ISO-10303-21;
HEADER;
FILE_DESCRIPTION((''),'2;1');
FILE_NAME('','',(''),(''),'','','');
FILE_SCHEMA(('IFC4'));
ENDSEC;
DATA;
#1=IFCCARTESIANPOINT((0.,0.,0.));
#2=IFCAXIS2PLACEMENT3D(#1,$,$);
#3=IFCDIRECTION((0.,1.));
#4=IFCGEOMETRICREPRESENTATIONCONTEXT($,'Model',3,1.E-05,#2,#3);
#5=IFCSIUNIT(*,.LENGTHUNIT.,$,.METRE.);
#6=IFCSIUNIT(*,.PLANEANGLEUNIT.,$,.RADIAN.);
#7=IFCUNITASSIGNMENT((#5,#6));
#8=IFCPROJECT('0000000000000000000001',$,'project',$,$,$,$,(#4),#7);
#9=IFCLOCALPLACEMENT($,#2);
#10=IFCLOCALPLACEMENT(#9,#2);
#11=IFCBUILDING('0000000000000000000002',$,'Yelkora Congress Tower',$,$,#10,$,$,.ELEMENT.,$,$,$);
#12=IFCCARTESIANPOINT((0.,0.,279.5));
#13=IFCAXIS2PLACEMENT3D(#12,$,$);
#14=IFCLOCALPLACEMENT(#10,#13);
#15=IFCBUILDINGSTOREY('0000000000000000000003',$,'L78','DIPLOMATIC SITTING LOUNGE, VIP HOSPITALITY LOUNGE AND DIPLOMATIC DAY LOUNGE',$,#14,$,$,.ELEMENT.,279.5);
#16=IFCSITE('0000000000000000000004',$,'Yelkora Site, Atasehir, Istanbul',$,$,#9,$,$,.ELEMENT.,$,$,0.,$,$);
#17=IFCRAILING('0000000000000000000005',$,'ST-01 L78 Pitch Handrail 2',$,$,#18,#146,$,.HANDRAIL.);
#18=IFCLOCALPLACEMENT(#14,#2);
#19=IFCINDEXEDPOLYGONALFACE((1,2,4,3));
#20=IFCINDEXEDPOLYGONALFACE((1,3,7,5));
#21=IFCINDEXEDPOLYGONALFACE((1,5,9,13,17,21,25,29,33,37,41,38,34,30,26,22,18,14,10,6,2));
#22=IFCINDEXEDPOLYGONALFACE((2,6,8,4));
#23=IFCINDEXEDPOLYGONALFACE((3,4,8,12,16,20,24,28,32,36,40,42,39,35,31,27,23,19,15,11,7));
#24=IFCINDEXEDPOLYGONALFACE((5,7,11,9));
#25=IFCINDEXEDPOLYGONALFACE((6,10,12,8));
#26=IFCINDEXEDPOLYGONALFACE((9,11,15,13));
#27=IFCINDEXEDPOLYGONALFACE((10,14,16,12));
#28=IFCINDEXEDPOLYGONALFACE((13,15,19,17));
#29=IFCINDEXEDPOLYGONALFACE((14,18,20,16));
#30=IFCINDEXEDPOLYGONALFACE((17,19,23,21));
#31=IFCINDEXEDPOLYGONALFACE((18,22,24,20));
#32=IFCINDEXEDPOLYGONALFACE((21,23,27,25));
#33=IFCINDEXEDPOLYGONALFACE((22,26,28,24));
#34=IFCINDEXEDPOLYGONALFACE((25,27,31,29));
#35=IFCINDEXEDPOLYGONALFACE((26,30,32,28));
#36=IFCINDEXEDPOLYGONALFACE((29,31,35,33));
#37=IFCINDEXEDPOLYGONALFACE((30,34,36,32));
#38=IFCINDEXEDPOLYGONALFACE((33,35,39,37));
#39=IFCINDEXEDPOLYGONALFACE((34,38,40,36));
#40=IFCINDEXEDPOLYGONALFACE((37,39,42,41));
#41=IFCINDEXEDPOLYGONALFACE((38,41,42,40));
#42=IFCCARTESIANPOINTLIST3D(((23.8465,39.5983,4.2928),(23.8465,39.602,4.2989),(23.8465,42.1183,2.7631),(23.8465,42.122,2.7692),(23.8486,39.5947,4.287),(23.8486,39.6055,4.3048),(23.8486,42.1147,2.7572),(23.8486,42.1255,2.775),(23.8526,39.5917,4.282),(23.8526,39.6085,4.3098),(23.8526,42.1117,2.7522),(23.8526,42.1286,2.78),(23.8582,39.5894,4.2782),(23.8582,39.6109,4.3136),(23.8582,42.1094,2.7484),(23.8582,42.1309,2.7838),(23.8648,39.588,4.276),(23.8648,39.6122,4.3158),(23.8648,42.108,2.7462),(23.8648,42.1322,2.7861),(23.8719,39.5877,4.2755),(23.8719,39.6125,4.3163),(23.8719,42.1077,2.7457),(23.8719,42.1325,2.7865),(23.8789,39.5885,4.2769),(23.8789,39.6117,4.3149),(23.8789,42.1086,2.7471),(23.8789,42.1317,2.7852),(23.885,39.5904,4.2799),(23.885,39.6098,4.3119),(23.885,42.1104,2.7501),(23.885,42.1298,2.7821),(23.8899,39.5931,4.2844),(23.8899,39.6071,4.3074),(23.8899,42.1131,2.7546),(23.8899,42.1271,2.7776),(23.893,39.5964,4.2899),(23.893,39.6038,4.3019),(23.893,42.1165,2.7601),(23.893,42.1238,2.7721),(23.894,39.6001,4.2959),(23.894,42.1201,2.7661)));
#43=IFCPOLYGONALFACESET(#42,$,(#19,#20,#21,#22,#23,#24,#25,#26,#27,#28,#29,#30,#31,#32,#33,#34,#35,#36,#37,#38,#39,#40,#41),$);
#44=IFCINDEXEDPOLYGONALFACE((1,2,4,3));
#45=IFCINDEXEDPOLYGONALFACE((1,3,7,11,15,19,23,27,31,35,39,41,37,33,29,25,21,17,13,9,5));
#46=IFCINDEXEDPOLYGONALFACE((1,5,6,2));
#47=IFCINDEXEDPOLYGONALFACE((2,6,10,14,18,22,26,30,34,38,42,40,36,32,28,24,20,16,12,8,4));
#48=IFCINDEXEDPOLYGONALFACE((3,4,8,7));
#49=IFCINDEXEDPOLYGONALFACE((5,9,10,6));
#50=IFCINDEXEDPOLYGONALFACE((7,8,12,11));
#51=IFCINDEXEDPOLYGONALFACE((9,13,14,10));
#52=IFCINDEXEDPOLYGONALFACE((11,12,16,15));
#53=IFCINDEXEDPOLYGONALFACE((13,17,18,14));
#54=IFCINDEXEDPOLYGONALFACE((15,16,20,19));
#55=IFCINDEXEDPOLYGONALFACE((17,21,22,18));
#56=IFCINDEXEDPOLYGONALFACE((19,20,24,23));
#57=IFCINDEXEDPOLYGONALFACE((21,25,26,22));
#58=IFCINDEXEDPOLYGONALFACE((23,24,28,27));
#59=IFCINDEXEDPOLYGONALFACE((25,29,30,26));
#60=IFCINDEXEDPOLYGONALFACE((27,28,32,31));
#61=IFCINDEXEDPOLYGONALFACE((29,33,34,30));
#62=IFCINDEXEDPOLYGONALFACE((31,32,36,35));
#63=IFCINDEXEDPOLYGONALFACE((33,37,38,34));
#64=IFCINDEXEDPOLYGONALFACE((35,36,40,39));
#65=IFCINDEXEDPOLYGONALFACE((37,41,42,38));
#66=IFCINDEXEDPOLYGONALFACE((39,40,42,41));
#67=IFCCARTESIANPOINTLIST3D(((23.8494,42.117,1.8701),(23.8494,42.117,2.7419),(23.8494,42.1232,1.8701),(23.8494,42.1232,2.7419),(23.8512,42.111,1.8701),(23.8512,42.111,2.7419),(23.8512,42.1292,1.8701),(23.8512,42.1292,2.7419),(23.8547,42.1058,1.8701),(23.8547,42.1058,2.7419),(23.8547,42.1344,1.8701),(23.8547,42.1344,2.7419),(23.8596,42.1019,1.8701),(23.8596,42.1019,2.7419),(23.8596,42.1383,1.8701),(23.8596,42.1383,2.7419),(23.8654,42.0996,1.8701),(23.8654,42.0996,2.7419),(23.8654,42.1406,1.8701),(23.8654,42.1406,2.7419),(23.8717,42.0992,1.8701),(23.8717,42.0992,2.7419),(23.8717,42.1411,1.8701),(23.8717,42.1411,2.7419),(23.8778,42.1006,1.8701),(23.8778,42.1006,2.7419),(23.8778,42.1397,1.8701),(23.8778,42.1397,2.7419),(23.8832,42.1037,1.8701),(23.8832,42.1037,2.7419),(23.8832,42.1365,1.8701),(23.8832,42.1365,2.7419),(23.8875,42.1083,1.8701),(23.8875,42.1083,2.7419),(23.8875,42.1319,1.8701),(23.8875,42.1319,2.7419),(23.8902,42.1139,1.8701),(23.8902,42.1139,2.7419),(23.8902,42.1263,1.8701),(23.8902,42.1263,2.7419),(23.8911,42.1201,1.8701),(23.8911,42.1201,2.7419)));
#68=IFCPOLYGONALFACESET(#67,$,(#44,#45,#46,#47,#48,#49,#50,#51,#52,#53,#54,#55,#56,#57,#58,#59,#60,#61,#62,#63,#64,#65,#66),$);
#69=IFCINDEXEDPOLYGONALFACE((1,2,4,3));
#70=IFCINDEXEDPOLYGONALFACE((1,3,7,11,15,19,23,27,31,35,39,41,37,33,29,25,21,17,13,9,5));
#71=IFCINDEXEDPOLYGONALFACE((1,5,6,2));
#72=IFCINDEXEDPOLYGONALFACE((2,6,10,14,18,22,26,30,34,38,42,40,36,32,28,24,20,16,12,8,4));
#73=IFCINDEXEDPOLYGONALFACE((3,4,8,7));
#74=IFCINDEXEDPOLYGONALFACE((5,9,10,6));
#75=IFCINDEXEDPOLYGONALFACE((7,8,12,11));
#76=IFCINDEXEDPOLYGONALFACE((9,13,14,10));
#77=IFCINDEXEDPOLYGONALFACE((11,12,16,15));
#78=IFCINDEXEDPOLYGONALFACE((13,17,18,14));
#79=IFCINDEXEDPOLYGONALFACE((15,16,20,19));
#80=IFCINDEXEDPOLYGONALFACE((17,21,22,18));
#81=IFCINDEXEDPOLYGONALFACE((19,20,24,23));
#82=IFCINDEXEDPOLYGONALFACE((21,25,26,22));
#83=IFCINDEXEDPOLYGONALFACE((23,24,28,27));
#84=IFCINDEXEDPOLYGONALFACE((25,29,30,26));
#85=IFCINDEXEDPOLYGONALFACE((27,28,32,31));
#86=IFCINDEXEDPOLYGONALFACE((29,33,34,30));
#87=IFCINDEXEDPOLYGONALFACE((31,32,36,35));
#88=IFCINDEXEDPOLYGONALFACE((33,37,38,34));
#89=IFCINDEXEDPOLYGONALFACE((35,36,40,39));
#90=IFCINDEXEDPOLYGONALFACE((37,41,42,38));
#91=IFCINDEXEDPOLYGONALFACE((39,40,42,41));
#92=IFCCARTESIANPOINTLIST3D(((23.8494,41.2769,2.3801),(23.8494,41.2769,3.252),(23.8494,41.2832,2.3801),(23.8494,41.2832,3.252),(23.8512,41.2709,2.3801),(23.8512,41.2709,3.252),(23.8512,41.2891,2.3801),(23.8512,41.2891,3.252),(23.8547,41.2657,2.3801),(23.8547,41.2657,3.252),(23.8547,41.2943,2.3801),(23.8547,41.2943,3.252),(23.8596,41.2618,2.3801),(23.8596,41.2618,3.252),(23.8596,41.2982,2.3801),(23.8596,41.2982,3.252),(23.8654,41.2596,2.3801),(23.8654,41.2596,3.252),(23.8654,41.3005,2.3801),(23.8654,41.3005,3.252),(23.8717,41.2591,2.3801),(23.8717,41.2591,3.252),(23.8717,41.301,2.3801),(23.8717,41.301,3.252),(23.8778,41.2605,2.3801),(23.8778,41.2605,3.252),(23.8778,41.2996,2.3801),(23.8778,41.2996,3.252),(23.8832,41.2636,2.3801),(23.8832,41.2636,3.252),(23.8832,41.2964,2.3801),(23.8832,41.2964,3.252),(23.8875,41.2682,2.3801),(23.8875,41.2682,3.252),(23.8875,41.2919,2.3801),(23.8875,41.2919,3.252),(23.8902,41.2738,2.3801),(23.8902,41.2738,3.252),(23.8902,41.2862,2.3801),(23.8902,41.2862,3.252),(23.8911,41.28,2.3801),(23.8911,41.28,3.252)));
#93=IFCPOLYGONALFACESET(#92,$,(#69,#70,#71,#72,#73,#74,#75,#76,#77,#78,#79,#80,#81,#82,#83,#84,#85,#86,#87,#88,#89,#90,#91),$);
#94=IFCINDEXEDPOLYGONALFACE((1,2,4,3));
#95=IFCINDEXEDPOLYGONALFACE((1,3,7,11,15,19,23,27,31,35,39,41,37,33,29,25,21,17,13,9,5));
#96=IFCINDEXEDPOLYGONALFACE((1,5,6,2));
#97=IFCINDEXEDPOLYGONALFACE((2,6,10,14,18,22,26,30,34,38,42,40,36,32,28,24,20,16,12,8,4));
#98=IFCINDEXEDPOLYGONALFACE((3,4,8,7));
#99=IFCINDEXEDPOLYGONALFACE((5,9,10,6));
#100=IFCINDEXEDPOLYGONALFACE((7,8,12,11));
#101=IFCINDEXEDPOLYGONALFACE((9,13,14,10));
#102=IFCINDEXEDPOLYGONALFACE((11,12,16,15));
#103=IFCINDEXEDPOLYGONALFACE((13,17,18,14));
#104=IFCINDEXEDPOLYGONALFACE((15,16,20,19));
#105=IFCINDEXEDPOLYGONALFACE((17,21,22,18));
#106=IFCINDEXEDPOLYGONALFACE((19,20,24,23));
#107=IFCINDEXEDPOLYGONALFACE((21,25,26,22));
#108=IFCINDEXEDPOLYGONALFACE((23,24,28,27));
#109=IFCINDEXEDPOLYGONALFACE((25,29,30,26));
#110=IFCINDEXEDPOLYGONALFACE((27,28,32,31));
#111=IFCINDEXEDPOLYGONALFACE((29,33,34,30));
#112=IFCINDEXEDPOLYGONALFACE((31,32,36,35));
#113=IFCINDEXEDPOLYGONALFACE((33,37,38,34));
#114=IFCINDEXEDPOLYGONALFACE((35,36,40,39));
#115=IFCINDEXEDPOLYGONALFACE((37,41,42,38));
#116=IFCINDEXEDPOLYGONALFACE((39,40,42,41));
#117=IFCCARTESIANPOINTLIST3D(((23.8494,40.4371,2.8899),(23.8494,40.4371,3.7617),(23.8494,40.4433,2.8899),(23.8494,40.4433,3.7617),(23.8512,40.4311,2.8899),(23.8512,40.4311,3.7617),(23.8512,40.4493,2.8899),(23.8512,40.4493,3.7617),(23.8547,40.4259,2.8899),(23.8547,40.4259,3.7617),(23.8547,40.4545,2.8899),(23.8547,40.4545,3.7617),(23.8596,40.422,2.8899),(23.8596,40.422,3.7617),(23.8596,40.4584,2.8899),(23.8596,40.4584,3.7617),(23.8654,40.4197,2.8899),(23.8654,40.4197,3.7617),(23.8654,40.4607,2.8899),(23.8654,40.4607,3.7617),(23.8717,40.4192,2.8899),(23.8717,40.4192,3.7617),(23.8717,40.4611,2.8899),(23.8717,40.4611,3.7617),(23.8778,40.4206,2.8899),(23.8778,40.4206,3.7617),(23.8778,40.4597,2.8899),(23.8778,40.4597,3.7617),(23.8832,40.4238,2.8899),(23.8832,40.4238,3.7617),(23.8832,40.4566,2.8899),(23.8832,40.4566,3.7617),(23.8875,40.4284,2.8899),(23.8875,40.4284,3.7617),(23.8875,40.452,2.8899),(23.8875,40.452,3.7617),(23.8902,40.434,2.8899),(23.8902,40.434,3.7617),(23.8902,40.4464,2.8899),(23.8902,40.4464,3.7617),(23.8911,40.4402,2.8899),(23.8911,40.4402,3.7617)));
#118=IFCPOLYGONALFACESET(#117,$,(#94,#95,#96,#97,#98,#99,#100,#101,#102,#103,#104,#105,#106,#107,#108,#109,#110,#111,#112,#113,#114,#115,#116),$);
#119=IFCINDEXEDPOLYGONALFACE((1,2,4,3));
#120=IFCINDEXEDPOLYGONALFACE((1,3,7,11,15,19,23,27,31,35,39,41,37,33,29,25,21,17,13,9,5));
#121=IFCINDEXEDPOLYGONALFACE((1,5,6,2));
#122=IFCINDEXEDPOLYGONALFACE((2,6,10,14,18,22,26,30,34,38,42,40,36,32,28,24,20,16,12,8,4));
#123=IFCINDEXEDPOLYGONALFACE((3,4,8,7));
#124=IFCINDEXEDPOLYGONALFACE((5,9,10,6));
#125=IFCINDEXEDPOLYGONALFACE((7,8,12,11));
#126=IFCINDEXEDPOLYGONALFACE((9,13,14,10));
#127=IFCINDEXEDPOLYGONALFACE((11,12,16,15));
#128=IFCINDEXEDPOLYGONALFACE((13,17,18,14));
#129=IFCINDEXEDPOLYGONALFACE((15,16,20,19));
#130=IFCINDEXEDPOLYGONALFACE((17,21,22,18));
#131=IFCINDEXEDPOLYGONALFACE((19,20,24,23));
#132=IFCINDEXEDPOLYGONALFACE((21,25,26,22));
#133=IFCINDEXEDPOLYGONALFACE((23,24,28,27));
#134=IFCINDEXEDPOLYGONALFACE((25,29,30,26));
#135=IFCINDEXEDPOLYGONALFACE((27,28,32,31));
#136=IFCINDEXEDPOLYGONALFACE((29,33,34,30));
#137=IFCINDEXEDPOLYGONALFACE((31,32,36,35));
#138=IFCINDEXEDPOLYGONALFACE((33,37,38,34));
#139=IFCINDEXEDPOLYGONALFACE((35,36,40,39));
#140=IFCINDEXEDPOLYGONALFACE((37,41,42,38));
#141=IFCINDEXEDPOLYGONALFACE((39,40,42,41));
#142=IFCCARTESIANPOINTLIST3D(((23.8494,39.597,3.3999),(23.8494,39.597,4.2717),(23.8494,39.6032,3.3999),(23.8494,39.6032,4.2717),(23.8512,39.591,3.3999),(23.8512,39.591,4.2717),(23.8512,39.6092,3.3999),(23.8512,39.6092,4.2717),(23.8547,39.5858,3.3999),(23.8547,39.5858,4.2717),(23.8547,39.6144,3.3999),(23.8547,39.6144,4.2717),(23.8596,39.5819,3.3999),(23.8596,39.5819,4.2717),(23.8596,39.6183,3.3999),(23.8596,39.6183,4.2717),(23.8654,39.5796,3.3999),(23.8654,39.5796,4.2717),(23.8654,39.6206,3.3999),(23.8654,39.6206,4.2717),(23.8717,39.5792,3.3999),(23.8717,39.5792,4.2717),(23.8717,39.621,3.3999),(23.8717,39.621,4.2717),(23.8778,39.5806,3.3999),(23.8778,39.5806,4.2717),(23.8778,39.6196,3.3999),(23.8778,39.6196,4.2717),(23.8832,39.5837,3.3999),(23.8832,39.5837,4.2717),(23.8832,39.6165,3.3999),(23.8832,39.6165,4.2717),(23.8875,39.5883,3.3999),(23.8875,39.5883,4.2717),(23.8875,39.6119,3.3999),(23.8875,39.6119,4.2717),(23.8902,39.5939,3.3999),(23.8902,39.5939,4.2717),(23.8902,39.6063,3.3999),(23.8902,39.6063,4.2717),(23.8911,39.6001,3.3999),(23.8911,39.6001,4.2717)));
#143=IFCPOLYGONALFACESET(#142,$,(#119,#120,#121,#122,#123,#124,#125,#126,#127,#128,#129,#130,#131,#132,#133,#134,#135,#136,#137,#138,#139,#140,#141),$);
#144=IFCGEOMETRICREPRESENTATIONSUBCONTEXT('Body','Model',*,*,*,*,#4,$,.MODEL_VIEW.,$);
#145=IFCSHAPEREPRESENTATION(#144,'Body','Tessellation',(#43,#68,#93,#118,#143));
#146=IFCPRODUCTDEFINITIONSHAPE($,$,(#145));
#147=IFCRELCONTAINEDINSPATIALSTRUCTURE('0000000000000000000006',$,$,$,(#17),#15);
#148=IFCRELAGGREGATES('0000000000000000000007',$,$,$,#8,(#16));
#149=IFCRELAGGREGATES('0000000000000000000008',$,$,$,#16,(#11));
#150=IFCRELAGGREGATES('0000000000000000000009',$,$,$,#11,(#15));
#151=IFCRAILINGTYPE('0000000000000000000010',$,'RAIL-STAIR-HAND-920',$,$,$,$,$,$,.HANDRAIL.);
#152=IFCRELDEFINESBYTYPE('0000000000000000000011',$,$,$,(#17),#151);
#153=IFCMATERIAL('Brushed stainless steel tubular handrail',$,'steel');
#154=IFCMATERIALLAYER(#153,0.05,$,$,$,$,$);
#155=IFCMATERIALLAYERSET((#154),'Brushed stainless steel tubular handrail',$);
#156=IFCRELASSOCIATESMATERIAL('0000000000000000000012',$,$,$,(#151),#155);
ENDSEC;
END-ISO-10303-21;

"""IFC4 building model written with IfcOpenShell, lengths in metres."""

from ifc_helpers import new_model, si_unit, direction, frame, origin, origin_2d, place, context, subcontext, project, spatial, circle, extrude, material, layer, layer_set, type_object, element, save


model = new_model("IFC4")

# Units and contexts
model_context = context("Model", 3, precision=1e-05, world=origin(), true_north=direction((0.0, 1.0)))
body_context = subcontext(model_context, "Body", "Model", "MODEL_VIEW")
ifc_project = project(units=[si_unit("LENGTHUNIT", "METRE"), si_unit("PLANEANGLEUNIT", "RADIAN")], contexts=[model_context])

# Site, building, storey
site_placement = place(None, origin())
site = spatial("IfcSite", under=ifc_project, at=site_placement, Name="Yelkora Site, Atasehir, Istanbul", CompositionType="ELEMENT", RefElevation=0.0)
building_placement = place(site_placement, origin())
building = spatial("IfcBuilding", under=site, at=building_placement, Name="Yelkora Congress Tower", CompositionType="ELEMENT")
storey_placement = place(building_placement, frame((0.0, 0.0, 279.5)))
storey = spatial("IfcBuildingStorey", under=building, at=storey_placement, Name="L78", Description="DIPLOMATIC SITTING LOUNGE, VIP HOSPITALITY LOUNGE AND DIPLOMATIC DAY LOUNGE", CompositionType="ELEMENT", Elevation=279.5)

# Railing
ifc_material_1 = material(Name="Brushed stainless steel tubular handrail", Category="steel")
ifc_layer_1 = layer(ifc_material_1, 0.05)
ifc_layer_set_1 = layer_set([ifc_layer_1], Name="Brushed stainless steel tubular handrail")
railing_type_1 = type_object("IfcRailingType", Name="RAIL-STAIR-HAND-920", PredefinedType="HANDRAIL", material=ifc_layer_set_1)
railing_1_placement = place(storey_placement, frame((23.8701, 42.1201, 1.8701)))
element("IfcRailing", 1, at=railing_1_placement, inside=storey, type_object=railing_type_1, Name="ST-01 L78 Pitch Handrail 2", PredefinedType="HANDRAIL", context=body_context, shape_type="SweptSolid", body=[
    extrude(circle(Radius=0.0239, at=origin_2d()), frame((0.0, 0.0, 0.896), z_axis=(0.0, -0.854822, 0.518922), x_axis=(1.0, 0.0, 0.0)), (0.0, 0.0, 1.0), 2.948),
    extrude(circle(Radius=0.021, at=origin_2d()), origin(), (0.0, 0.0, 1.0), 0.8718),
    extrude(circle(Radius=0.021, at=origin_2d()), frame((0.0, -0.8401, 0.51)), (0.0, 0.0, 1.0), 0.8718),
    extrude(circle(Radius=0.021, at=origin_2d()), frame((0.0, -1.6799, 1.0198)), (0.0, 0.0, 1.0), 0.8718),
    extrude(circle(Radius=0.021, at=origin_2d()), frame((0.0, -2.52, 1.5298)), (0.0, 0.0, 1.0), 0.8718),
])

save(model, "model.ifc")
